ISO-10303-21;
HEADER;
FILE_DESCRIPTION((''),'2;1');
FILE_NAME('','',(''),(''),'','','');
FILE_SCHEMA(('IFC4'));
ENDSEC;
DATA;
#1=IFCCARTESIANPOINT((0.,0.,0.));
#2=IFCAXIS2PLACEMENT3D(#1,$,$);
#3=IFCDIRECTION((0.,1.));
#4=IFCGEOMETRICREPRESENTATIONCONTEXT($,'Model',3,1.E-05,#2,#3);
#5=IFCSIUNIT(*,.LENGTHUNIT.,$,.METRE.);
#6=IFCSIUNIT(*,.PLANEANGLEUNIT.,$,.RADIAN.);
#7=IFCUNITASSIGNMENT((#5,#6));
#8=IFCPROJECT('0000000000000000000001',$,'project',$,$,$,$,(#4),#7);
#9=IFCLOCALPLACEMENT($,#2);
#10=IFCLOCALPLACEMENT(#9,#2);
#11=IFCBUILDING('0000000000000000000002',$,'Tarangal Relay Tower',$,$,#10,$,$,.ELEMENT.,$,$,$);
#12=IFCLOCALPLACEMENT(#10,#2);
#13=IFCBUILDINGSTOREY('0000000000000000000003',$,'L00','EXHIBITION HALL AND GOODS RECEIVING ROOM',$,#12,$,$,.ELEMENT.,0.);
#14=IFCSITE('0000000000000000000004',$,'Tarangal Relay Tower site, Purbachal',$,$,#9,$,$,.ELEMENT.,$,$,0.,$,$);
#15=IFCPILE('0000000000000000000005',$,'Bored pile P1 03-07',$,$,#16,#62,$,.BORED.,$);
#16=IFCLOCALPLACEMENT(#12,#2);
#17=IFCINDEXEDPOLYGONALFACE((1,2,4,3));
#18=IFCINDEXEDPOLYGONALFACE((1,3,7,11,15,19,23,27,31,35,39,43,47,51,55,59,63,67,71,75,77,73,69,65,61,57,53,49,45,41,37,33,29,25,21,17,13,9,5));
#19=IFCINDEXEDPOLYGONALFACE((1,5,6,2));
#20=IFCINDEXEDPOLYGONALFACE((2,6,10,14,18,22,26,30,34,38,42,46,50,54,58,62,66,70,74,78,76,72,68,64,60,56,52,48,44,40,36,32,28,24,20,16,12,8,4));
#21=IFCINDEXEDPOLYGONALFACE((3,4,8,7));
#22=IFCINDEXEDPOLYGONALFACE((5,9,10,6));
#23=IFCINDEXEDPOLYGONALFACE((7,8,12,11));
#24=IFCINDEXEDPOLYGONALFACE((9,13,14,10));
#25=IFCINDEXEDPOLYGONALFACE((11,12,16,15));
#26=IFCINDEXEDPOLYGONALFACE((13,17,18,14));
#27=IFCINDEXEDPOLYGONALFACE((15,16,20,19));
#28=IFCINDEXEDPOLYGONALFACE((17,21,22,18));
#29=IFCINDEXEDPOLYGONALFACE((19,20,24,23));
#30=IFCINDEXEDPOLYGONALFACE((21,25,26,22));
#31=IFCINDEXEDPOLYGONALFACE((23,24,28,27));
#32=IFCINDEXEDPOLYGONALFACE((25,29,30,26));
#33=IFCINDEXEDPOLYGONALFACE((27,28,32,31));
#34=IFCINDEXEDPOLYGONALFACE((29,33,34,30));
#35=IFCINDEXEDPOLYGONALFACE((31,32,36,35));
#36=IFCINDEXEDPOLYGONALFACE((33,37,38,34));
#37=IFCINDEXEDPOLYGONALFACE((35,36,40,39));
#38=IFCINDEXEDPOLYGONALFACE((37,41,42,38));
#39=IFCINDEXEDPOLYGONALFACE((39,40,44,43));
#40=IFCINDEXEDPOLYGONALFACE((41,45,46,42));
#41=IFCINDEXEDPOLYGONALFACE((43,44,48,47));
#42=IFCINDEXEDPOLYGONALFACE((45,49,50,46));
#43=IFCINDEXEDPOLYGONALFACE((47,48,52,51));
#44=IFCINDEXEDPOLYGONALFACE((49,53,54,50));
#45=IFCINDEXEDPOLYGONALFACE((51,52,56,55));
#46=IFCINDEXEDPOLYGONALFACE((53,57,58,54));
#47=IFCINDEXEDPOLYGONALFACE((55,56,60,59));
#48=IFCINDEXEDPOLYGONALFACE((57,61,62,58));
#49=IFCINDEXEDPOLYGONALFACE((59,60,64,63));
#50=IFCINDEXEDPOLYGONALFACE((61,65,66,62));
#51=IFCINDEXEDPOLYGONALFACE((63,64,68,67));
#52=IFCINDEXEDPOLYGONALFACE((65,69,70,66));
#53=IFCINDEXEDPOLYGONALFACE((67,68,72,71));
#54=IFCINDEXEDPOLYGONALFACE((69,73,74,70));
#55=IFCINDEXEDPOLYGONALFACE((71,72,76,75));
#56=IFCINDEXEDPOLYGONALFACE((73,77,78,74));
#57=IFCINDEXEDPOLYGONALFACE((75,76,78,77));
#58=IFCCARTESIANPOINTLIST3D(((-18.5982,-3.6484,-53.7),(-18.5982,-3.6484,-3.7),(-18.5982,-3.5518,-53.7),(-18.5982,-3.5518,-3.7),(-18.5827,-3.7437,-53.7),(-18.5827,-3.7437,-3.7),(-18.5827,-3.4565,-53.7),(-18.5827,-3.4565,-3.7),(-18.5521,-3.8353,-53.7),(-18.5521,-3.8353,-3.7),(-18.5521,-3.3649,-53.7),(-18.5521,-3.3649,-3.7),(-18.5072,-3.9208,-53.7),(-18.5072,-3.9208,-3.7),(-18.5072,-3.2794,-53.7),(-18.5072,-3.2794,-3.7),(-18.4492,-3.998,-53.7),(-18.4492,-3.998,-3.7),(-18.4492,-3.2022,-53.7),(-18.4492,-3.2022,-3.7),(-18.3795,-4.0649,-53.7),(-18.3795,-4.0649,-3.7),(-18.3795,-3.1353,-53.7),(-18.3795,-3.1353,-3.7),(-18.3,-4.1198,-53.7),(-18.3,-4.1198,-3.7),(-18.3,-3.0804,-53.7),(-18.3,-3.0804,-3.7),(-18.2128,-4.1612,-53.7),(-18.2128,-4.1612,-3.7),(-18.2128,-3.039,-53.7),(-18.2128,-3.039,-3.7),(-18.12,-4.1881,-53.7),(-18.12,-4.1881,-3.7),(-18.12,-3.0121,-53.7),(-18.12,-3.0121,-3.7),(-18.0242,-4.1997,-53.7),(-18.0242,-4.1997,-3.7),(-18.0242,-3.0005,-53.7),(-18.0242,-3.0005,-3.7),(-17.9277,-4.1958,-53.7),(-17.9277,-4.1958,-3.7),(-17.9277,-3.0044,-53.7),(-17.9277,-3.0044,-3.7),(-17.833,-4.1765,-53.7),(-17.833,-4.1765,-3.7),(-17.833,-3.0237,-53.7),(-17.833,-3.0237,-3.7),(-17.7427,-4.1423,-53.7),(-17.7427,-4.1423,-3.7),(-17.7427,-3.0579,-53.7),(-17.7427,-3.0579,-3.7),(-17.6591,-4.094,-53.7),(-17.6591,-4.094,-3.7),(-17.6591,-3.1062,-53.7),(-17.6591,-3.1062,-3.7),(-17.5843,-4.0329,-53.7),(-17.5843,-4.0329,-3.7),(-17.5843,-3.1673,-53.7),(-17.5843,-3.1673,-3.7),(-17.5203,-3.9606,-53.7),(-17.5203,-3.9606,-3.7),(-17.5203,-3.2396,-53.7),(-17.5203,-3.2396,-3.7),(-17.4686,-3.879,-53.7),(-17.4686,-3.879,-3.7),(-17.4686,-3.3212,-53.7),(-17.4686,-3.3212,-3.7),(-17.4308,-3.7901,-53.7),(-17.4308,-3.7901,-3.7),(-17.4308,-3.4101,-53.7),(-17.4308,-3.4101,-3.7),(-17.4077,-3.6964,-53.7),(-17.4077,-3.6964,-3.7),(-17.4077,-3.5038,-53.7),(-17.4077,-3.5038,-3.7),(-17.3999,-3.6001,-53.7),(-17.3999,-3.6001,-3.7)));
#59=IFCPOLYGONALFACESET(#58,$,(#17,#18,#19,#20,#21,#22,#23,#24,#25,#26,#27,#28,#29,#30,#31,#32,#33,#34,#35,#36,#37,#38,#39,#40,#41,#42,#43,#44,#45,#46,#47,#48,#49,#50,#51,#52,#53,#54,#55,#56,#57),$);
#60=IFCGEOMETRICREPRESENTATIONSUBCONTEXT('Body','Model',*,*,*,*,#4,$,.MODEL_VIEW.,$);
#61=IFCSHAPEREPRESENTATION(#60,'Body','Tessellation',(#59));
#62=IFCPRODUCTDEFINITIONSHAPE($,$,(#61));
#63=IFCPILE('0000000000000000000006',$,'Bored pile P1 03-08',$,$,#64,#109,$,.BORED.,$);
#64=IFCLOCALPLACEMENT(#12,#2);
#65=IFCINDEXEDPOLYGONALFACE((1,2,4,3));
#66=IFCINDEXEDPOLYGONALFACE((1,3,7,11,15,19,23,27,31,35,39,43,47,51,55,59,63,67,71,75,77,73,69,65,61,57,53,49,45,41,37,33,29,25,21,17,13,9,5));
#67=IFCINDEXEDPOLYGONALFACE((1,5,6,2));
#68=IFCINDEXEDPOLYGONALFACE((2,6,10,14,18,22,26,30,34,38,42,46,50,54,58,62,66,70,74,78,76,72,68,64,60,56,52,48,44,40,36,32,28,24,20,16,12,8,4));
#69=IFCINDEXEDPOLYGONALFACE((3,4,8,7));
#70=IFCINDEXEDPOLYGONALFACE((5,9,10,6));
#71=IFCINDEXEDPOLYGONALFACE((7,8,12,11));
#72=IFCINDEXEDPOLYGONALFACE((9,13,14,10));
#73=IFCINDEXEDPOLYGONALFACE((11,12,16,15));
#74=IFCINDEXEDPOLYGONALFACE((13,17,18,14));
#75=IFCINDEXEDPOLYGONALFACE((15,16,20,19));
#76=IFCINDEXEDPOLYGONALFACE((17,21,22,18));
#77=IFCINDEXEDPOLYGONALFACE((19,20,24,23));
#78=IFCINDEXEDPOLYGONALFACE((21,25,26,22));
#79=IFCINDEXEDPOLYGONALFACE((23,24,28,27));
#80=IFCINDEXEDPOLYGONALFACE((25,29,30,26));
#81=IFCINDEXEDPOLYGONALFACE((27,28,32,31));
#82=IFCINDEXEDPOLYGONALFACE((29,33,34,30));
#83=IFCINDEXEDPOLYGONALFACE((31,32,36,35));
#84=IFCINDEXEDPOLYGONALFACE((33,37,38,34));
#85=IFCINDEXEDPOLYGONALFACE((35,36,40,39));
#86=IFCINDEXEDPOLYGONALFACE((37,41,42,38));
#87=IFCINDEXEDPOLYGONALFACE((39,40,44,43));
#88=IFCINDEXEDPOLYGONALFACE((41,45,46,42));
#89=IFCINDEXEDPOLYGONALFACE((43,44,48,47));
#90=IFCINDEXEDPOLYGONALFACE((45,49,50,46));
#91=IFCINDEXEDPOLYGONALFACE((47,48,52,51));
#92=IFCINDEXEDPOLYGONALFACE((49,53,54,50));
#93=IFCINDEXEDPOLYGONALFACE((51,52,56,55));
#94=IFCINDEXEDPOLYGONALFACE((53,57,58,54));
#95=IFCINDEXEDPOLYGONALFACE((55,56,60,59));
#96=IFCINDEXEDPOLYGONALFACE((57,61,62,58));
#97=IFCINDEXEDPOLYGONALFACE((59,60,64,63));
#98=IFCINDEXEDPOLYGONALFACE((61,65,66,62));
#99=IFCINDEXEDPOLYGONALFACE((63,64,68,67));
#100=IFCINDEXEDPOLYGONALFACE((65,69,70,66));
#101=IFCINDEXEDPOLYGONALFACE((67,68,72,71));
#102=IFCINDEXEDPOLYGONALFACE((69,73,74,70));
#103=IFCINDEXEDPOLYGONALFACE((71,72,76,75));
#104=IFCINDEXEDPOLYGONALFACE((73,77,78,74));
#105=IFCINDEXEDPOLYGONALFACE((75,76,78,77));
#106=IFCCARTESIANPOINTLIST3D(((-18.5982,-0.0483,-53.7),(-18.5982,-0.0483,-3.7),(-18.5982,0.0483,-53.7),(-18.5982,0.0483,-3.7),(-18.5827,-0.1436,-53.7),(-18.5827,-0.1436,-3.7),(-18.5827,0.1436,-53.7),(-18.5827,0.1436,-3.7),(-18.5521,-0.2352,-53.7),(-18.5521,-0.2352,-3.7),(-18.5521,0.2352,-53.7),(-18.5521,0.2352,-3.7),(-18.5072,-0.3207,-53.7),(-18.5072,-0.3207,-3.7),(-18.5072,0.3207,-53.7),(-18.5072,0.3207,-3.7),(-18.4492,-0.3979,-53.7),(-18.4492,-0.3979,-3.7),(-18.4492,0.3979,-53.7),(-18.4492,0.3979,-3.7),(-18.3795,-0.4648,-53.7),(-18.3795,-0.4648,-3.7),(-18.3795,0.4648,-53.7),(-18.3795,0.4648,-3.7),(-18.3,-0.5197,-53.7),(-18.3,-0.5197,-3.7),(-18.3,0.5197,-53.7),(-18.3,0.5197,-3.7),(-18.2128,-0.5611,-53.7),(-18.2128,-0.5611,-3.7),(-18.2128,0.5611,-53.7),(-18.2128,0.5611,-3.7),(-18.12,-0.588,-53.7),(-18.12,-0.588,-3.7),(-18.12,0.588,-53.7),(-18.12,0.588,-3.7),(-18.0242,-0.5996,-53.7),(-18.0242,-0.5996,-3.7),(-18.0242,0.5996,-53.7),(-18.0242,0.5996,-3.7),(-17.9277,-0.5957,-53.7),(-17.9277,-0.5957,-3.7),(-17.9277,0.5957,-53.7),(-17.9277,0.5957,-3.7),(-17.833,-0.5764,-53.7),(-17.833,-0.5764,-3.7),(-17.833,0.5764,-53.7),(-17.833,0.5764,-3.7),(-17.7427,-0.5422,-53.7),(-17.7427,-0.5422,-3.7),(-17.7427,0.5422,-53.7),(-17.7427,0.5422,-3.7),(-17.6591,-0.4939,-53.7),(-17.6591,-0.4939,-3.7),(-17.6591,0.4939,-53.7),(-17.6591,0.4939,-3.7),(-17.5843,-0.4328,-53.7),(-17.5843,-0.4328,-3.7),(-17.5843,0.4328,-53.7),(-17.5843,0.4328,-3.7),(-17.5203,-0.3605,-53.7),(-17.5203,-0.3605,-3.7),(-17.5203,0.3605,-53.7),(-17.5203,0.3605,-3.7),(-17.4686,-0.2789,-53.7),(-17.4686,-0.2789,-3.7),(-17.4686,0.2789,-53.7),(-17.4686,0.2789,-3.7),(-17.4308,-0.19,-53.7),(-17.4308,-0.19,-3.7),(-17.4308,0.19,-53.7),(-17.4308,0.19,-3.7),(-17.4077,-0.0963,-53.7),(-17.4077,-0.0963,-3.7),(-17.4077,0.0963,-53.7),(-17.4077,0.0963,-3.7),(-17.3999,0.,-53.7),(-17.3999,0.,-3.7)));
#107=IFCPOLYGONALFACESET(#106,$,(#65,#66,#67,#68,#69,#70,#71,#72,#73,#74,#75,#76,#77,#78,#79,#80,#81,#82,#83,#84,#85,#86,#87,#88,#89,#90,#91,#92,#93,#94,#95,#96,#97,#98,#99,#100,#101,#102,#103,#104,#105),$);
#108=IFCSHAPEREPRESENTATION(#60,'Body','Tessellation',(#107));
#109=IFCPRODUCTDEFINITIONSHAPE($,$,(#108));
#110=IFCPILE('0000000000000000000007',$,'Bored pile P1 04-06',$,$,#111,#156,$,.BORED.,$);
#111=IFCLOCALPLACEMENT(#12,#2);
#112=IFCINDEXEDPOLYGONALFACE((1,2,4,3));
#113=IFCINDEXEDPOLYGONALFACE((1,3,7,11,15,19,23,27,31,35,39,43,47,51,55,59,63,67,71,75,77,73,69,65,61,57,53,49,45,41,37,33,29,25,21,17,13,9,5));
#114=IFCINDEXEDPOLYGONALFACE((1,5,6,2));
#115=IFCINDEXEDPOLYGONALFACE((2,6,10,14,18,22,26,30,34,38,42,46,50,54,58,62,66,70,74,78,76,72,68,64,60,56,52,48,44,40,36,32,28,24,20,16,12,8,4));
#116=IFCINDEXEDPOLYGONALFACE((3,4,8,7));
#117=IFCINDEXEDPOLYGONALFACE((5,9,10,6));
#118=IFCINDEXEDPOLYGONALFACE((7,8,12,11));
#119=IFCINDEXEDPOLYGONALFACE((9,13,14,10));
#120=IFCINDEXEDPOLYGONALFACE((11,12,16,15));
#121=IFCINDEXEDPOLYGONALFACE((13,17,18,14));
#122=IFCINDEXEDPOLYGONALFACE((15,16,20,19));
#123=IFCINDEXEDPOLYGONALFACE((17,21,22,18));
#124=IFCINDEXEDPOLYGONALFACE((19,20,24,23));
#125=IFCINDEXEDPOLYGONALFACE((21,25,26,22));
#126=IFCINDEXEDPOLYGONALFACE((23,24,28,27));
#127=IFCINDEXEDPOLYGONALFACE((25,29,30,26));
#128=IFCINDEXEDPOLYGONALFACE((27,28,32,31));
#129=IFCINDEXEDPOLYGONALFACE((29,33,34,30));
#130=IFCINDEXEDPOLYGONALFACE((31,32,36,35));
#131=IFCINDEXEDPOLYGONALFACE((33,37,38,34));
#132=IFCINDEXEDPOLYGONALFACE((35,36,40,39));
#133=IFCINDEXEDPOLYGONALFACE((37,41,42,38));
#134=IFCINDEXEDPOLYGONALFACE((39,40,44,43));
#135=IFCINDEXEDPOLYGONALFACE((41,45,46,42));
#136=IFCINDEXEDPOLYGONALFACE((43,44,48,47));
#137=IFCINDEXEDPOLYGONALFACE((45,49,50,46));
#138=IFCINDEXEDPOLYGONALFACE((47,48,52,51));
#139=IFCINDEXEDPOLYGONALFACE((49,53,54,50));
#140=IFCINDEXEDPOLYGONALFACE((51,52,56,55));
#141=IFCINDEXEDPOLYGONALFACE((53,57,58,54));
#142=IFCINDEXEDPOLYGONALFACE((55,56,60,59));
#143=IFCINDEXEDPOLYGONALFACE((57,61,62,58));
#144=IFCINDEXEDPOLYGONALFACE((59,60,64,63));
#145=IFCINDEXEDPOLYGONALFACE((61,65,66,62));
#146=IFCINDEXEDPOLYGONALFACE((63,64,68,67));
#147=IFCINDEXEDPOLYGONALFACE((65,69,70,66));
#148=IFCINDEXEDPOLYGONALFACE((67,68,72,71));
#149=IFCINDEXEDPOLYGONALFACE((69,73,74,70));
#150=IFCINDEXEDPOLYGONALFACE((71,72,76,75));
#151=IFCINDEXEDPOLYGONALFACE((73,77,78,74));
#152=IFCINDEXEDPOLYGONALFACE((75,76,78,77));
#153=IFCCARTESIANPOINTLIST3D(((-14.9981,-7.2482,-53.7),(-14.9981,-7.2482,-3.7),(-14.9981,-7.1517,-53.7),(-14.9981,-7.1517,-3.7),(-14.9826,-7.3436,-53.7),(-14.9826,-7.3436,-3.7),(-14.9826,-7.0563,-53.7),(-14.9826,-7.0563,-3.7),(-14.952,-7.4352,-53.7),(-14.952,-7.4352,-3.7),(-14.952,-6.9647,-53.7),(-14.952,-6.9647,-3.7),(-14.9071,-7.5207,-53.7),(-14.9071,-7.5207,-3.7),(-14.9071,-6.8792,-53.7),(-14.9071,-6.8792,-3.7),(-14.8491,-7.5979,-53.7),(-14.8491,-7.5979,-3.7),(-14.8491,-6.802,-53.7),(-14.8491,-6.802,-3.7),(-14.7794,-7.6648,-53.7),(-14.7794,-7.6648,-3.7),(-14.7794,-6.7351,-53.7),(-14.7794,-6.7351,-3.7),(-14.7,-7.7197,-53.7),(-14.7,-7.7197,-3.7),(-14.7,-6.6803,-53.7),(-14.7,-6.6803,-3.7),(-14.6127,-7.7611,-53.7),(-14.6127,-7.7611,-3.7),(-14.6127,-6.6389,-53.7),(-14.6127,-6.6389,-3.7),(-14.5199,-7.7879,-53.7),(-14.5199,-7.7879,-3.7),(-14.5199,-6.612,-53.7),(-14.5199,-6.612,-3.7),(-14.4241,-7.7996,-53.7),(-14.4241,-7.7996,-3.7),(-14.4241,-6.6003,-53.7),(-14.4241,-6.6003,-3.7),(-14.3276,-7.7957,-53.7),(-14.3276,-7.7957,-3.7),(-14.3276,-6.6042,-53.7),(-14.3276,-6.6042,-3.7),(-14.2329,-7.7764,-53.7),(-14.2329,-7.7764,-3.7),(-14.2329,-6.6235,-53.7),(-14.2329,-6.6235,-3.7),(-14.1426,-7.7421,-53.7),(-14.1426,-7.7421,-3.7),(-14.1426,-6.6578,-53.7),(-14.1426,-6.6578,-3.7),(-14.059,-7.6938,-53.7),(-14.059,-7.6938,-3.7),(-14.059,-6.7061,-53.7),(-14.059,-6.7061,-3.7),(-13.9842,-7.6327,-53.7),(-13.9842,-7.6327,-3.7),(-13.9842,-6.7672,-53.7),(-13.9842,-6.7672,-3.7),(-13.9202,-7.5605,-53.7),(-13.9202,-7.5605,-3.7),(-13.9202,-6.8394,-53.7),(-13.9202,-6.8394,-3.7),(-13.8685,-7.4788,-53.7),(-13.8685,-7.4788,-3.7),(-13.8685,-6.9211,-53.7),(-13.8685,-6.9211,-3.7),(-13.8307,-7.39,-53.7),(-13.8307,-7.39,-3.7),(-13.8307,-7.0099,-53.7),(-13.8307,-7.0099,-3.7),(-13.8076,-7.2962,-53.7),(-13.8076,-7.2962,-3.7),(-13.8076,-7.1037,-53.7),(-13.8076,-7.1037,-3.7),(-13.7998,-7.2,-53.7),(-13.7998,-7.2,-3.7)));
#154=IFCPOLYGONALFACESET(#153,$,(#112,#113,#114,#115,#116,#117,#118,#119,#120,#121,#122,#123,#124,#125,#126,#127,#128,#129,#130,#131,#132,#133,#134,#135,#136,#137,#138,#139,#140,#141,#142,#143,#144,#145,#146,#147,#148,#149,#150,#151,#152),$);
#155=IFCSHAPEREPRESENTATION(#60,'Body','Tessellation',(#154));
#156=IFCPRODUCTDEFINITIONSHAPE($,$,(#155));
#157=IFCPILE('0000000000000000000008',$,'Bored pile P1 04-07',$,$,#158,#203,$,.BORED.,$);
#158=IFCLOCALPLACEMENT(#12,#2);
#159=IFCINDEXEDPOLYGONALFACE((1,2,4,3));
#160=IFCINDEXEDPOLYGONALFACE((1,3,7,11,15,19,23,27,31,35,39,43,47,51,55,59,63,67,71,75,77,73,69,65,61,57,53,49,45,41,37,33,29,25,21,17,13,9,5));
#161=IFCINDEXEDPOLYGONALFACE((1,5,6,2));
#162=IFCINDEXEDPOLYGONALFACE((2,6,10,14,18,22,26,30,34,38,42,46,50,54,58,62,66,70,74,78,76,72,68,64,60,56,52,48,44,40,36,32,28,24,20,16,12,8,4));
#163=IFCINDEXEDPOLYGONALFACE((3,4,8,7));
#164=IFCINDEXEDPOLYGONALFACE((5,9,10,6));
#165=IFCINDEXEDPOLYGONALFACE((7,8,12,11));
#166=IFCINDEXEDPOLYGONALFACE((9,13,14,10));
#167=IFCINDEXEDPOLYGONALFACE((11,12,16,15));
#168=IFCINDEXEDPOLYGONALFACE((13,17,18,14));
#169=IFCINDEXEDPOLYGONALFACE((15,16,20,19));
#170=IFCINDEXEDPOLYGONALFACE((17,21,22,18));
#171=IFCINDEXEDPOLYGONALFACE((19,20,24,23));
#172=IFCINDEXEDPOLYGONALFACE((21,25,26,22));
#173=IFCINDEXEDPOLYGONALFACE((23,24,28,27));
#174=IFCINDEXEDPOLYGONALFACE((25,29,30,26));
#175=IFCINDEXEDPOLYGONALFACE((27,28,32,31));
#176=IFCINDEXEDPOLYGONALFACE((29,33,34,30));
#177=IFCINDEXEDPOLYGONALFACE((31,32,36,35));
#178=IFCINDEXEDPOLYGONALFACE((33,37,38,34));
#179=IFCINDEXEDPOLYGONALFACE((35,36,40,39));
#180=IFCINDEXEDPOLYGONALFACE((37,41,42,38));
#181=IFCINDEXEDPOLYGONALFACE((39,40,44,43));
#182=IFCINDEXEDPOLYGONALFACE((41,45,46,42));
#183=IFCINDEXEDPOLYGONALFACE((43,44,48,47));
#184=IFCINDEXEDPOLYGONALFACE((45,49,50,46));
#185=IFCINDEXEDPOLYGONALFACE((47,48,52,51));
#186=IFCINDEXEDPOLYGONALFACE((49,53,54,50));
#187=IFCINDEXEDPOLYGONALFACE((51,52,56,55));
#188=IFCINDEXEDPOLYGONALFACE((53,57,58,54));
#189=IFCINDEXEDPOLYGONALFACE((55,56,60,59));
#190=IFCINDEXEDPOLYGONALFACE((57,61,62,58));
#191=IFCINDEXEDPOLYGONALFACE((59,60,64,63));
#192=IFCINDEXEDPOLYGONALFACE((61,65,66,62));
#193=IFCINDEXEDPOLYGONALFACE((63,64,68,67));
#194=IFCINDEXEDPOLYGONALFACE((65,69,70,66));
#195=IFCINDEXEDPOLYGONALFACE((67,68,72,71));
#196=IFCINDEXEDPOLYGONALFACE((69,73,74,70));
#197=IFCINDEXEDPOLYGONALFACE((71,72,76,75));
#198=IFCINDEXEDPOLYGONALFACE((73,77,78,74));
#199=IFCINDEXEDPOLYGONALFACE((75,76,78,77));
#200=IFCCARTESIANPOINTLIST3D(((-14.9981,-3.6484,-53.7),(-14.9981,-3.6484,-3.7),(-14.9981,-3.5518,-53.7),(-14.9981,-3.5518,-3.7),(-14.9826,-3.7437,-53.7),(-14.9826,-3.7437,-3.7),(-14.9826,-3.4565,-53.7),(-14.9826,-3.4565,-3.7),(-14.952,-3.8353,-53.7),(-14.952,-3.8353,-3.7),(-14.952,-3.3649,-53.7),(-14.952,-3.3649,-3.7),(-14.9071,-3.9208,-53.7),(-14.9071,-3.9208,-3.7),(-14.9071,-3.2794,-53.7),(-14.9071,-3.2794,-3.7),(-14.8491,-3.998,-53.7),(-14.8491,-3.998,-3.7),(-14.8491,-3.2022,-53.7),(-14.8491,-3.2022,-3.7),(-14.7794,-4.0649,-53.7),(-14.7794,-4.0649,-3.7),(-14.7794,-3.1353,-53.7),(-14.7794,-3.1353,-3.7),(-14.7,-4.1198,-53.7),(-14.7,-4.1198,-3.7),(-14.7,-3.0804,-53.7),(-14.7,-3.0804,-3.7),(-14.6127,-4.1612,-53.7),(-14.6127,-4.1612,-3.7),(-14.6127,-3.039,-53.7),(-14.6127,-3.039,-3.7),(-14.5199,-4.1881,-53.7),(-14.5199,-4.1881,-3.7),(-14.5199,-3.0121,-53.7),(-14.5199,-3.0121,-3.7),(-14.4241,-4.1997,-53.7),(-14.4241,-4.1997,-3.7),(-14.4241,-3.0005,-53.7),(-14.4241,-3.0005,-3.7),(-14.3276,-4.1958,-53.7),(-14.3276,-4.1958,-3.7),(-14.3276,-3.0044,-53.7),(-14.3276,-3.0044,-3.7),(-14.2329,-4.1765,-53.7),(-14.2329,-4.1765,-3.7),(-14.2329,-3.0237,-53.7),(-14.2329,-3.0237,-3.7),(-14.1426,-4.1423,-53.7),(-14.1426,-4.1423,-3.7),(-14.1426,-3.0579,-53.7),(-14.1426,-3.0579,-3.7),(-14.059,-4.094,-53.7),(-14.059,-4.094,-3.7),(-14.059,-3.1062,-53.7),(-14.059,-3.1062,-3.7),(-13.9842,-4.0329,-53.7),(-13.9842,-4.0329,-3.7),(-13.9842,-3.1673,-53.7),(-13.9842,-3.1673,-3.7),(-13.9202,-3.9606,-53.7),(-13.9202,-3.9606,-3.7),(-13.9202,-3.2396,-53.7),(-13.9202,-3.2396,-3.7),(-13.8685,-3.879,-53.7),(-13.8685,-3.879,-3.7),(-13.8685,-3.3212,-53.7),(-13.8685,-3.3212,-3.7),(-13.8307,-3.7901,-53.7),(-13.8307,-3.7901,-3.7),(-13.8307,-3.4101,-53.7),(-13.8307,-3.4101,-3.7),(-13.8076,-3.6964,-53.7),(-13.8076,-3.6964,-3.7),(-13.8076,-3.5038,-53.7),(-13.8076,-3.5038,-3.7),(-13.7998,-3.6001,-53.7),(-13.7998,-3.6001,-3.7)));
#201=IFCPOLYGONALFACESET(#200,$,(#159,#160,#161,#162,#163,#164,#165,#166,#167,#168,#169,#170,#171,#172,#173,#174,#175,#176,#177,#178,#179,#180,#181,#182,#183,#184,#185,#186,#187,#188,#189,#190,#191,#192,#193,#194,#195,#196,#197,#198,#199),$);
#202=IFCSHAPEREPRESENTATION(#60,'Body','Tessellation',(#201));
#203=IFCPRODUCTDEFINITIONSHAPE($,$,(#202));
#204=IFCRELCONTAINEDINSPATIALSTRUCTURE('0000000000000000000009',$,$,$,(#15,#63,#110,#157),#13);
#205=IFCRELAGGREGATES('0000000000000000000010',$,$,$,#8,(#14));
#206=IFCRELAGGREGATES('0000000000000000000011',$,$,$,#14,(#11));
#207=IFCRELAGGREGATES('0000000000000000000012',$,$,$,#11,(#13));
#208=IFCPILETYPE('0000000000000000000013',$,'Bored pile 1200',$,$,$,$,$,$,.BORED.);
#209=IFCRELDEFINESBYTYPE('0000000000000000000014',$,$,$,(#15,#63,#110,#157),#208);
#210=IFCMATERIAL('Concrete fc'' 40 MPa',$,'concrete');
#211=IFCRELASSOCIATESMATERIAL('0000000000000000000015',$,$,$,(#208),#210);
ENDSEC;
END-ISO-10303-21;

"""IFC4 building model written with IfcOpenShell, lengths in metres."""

from ifc_helpers import new_model, si_unit, direction, frame, origin, origin_2d, place, context, subcontext, project, spatial, circle, extrude, material, material_profile, profile_set, type_object, element, save


model = new_model("IFC4")

# Units and contexts
model_context = context("Model", 3, precision=1e-05, world=origin(), true_north=direction((0.0, 1.0)))
body_context = subcontext(model_context, "Body", "Model", "MODEL_VIEW")
ifc_project = project(units=[si_unit("LENGTHUNIT", "METRE"), si_unit("PLANEANGLEUNIT", "RADIAN")], contexts=[model_context])

# Site, building, storey
site_placement = place(None, origin())
site = spatial("IfcSite", under=ifc_project, at=site_placement, Name="Tarangal Relay Tower site, Purbachal", CompositionType="ELEMENT", RefElevation=0.0)
building_placement = place(site_placement, origin())
building = spatial("IfcBuilding", under=site, at=building_placement, Name="Tarangal Relay Tower", CompositionType="ELEMENT")
storey_placement = place(building_placement, origin())
storey = spatial("IfcBuildingStorey", under=building, at=storey_placement, Name="L00", Description="EXHIBITION HALL AND GOODS RECEIVING ROOM", CompositionType="ELEMENT", Elevation=0.0)

# Piles
ifc_material_1 = material(Name="Concrete fc' 40 MPa", Category="concrete")
ifc_material_profile = material_profile(ifc_material_1, circle(Radius=0.6001, at=origin_2d()), Name="D1200")
ifc_profile_set = profile_set([ifc_material_profile], Name="Concrete fc' 40 MPa")
pile_type = type_object("IfcPileType", Name="Bored pile 1200", PredefinedType="BORED", material=ifc_profile_set)
for number, where, z_axis, x_axis, name in (
    (1, (-18.0, -3.6001, -3.7), (0.0, 0.0, -1.0), (1.0, 0.0, 0.0), "Bored pile P1 03-07"),
    (2, (-18.0, 0.0, -3.7), (0.0, 0.0, -1.0), (1.0, 0.0, 0.0), "Bored pile P1 03-08"),
    (3, (-14.3999, -7.2, -3.7), (0.0, 0.0, -1.0), (1.0, 0.0, 0.0), "Bored pile P1 04-06"),
    (4, (-14.3999, -3.6001, -3.7), (0.0, 0.0, -1.0), (1.0, 0.0, 0.0), "Bored pile P1 04-07"),
):
    element("IfcPile", number, at=place(storey_placement, frame(where, z_axis=z_axis, x_axis=x_axis)), inside=storey, type_object=pile_type, Name=name, PredefinedType="BORED", context=body_context, shape_type="SweptSolid", body=[
        extrude(circle(Radius=0.6001, at=origin_2d()), origin(), (0.0, 0.0, 1.0), 50.0),
    ])

save(model, "model.ifc")
